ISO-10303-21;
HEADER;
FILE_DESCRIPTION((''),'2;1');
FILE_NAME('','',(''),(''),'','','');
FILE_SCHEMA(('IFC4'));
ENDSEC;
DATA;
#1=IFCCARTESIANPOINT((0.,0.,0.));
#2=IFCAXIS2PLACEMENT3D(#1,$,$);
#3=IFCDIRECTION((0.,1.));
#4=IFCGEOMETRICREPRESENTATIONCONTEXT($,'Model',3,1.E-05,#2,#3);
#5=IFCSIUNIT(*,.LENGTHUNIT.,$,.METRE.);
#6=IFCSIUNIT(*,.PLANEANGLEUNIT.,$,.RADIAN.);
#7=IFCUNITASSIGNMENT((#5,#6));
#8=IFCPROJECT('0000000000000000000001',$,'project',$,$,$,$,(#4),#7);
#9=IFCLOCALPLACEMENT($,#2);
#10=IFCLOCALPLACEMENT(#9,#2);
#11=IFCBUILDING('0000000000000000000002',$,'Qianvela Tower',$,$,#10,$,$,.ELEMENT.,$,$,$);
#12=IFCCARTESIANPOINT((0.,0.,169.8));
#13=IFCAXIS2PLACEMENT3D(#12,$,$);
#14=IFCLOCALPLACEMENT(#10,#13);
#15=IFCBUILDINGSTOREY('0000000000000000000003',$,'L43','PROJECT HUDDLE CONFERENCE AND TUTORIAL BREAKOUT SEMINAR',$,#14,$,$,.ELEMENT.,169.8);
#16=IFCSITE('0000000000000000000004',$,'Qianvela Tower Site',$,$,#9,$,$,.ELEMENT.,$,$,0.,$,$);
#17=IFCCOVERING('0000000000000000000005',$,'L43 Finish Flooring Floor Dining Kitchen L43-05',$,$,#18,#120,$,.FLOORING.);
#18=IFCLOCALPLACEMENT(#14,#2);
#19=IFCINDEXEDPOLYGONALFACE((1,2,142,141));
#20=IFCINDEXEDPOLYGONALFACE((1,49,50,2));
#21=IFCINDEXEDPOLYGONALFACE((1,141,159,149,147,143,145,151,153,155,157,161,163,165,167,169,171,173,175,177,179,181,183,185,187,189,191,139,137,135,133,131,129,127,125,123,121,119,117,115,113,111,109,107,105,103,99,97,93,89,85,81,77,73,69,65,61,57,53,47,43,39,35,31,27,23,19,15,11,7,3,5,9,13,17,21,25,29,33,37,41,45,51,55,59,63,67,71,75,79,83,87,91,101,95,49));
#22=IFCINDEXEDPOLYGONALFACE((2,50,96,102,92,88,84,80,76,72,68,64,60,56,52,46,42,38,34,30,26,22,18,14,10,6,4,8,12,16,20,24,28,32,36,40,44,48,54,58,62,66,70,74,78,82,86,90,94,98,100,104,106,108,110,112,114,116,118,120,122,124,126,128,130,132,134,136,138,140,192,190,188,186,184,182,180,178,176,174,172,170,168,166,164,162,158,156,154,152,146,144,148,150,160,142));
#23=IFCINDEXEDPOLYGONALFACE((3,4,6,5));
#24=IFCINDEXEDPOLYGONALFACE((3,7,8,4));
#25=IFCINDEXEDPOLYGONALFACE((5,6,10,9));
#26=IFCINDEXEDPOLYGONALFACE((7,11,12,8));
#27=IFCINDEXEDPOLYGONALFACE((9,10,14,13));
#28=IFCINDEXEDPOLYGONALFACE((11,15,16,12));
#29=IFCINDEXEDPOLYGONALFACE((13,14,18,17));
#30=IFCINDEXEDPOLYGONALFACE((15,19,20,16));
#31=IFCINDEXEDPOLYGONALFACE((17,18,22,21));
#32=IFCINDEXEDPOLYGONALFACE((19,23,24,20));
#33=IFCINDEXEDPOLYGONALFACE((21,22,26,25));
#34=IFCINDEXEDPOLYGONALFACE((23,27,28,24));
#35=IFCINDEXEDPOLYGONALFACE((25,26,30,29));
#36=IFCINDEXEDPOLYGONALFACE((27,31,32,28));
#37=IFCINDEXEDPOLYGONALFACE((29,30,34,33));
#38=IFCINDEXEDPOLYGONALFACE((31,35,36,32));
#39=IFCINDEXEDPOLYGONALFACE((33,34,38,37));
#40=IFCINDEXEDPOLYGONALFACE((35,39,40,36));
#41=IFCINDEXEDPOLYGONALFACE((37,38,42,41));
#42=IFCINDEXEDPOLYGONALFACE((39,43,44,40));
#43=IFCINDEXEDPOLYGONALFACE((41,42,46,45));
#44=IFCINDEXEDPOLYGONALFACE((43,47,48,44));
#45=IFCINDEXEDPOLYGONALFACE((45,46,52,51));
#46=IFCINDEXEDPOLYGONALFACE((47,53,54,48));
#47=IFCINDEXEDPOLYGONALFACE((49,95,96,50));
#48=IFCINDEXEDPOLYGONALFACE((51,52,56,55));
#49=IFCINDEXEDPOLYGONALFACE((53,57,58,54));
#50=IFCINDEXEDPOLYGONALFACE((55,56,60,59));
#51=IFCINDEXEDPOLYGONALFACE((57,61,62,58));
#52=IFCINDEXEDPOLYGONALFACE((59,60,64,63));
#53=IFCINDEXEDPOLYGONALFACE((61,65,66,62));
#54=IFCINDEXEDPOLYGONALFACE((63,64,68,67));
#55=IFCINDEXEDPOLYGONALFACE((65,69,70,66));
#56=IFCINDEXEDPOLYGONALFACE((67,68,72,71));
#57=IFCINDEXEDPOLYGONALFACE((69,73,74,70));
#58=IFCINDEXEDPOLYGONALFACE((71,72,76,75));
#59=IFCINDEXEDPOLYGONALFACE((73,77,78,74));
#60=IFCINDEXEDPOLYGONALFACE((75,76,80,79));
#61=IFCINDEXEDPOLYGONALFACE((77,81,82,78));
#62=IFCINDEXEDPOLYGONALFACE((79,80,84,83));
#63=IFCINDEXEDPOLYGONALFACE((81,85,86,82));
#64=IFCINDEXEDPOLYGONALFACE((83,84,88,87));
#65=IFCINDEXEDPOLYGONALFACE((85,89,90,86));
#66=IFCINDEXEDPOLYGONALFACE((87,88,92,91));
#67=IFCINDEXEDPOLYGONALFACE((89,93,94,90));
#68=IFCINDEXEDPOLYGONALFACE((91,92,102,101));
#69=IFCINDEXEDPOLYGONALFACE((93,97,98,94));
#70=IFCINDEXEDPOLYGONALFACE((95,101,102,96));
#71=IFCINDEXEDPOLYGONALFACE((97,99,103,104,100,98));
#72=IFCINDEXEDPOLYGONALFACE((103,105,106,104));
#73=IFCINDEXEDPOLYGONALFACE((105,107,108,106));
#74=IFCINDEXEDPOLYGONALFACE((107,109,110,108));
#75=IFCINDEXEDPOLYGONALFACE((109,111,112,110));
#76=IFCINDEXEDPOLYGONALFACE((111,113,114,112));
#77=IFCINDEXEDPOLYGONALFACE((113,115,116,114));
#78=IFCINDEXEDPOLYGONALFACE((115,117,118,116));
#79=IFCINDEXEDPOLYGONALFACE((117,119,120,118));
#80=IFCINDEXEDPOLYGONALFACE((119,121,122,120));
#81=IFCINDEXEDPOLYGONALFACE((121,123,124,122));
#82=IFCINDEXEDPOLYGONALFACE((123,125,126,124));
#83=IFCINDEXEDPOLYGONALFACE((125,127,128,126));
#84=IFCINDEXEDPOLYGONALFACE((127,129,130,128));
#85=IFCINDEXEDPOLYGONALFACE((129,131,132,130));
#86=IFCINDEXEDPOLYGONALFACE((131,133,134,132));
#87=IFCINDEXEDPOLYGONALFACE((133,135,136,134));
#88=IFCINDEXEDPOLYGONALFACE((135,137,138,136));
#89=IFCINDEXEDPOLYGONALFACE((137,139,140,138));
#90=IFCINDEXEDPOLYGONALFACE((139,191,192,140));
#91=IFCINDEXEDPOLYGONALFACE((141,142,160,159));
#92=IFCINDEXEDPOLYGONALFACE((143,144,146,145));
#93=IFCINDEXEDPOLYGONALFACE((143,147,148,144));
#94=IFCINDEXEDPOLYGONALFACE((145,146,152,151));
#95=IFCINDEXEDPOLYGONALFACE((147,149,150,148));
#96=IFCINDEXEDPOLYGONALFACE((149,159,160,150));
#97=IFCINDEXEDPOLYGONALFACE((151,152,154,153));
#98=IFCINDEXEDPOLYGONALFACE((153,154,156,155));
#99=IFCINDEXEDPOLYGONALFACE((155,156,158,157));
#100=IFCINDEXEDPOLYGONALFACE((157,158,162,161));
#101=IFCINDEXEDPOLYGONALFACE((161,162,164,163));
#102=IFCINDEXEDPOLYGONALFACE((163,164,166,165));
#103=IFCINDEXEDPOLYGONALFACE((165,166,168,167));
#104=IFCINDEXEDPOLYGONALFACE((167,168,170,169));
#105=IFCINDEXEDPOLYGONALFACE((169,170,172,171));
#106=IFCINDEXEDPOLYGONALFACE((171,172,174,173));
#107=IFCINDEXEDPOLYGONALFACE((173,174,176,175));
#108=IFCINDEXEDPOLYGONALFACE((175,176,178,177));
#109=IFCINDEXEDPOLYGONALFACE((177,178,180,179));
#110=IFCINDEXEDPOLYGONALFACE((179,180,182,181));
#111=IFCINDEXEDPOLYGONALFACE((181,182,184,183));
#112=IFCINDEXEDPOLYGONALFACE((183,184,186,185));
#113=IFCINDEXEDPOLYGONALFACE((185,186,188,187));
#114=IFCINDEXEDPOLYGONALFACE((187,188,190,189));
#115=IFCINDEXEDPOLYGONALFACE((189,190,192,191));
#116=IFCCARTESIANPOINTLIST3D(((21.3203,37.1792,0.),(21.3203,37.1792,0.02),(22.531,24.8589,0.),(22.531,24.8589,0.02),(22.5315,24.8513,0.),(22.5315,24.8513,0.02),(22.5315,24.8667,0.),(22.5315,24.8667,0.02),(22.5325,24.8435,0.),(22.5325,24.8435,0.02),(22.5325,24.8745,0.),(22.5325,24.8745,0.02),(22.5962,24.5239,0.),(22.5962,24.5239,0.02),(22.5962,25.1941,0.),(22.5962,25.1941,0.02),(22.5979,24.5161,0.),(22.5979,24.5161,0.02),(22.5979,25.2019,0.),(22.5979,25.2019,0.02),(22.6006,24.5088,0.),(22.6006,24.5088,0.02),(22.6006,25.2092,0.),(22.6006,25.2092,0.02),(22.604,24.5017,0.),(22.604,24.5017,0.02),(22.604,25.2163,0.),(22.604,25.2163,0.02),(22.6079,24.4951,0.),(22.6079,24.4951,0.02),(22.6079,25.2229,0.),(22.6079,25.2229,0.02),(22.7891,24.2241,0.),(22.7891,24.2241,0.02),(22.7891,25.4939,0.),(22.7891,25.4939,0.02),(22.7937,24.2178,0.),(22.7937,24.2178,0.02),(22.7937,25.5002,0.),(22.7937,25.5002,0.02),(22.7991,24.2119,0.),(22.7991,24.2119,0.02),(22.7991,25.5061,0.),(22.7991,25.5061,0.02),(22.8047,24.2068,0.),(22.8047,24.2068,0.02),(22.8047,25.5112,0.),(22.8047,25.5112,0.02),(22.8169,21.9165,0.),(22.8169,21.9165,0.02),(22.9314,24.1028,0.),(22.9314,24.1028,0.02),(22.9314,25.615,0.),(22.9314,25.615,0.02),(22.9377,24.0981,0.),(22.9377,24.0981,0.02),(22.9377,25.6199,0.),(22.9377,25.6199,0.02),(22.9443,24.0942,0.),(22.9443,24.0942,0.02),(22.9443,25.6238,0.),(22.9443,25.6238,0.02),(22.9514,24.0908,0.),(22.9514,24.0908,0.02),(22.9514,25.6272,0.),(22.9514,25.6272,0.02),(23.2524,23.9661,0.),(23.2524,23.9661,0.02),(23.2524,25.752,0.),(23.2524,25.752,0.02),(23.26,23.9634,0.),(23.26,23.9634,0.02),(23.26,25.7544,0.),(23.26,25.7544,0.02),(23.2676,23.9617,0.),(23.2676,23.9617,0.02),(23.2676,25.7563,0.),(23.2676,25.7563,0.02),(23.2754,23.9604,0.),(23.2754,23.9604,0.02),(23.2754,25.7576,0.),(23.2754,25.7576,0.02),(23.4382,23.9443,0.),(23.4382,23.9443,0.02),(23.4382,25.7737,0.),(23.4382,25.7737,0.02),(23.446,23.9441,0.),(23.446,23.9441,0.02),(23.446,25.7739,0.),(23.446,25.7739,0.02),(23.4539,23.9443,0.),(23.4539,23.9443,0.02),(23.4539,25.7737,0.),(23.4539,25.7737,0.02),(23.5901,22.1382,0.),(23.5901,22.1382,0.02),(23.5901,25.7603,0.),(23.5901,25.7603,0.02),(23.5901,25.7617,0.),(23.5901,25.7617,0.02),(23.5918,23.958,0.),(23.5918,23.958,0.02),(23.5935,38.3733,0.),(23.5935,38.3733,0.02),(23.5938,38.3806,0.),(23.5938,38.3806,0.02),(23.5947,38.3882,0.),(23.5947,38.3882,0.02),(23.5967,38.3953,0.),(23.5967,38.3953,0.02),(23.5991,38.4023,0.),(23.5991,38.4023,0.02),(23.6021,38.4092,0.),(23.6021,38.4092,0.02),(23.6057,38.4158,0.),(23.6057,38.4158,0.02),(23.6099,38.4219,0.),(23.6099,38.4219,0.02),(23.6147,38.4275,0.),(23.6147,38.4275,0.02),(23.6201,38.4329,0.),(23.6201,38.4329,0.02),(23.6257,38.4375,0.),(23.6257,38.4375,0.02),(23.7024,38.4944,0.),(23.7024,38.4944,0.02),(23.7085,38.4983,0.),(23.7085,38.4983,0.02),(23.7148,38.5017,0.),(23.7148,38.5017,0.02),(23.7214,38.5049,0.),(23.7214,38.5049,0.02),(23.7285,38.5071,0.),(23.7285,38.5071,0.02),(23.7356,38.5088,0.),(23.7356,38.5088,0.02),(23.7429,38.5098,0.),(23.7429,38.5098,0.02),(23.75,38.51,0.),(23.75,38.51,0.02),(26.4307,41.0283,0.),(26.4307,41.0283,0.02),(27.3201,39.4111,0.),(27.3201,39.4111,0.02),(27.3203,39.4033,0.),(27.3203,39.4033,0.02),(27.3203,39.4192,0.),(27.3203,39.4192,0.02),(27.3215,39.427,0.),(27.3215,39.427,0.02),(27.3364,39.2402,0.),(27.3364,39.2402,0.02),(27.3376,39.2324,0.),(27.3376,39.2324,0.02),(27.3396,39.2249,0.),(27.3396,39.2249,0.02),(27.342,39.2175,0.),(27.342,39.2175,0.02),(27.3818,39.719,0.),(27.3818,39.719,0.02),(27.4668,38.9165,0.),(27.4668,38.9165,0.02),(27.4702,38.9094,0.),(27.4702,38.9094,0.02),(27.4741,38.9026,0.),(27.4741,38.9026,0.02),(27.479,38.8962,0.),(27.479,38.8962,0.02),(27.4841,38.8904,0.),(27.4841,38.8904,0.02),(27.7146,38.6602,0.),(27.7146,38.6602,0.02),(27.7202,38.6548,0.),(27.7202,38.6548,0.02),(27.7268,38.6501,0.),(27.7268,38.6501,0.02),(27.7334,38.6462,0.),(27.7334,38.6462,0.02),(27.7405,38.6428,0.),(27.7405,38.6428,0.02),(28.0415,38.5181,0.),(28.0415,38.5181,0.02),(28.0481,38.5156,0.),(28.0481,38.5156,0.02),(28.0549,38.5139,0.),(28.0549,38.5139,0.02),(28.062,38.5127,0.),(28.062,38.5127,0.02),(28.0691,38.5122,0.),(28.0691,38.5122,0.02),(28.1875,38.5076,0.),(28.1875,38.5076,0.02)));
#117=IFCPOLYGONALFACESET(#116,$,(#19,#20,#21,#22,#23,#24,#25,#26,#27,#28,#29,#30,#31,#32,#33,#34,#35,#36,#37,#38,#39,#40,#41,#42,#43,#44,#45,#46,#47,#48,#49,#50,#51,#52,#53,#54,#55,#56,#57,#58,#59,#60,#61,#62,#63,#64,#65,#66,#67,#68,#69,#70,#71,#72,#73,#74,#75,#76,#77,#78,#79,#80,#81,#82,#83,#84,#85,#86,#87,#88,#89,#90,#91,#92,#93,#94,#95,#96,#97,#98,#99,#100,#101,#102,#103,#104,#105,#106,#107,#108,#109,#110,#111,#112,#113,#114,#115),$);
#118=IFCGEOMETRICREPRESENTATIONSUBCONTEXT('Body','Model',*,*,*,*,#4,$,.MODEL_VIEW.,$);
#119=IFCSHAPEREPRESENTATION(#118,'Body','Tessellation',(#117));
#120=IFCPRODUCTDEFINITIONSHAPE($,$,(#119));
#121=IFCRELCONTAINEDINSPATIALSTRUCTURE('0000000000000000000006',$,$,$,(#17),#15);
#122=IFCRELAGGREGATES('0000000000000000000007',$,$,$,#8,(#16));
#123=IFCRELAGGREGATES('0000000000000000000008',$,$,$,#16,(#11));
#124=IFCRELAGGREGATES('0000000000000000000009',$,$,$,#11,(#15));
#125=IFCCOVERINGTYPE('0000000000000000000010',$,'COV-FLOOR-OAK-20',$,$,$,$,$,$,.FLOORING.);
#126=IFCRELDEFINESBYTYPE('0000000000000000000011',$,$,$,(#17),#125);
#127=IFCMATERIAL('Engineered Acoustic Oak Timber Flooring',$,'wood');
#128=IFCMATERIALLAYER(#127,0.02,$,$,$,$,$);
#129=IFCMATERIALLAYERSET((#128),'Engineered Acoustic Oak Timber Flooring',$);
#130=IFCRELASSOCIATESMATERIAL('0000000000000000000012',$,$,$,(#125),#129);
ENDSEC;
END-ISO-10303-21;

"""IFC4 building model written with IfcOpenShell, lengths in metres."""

from ifc_helpers import new_model, si_unit, direction, frame, origin, place, context, subcontext, project, spatial, polyline, outline, extrude, material, layer, layer_set, type_object, element, save


model = new_model("IFC4")

# Units and contexts
model_context = context("Model", 3, precision=1e-05, world=origin(), true_north=direction((0.0, 1.0)))
body_context = subcontext(model_context, "Body", "Model", "MODEL_VIEW")
ifc_project = project(units=[si_unit("LENGTHUNIT", "METRE"), si_unit("PLANEANGLEUNIT", "RADIAN")], contexts=[model_context])

# Site, building, storey
site_placement = place(None, origin())
site = spatial("IfcSite", under=ifc_project, at=site_placement, Name="Qianvela Tower Site", CompositionType="ELEMENT", RefElevation=0.0)
building_placement = place(site_placement, origin())
building = spatial("IfcBuilding", under=site, at=building_placement, Name="Qianvela Tower", CompositionType="ELEMENT")
storey_placement = place(building_placement, frame((0.0, 0.0, 169.8)))
storey = spatial("IfcBuildingStorey", under=building, at=storey_placement, Name="L43", Description="PROJECT HUDDLE CONFERENCE AND TUTORIAL BREAKOUT SEMINAR", CompositionType="ELEMENT", Elevation=169.8)

# Covering
ifc_material_1 = material(Name="Engineered Acoustic Oak Timber Flooring", Category="wood")
ifc_layer_1 = layer(ifc_material_1, 0.02)
ifc_layer_set_1 = layer_set([ifc_layer_1], Name="Engineered Acoustic Oak Timber Flooring")
covering_type_1 = type_object("IfcCoveringType", Name="COV-FLOOR-OAK-20", PredefinedType="FLOORING", material=ifc_layer_set_1)
covering_1_placement = place(storey_placement, origin())
element("IfcCovering", 1, at=covering_1_placement, inside=storey, type_object=covering_type_1, Name="L43 Finish Flooring Floor Dining Kitchen L43-05", PredefinedType="FLOORING", context=body_context, shape_type="SweptSolid", body=[
    extrude(outline(polyline([(23.5901, 25.7603), (23.4539, 25.7737), (23.446, 25.7739), (23.4382, 25.7737), (23.2754, 25.7576), (23.2676, 25.7563), (23.26, 25.7544), (23.2524, 25.752), (22.9514, 25.6272), (22.9443, 25.6238), (22.9377, 25.6199), (22.9314, 25.615), (22.8047, 25.5112), (22.7991, 25.5061), (22.7937, 25.5002), (22.7891, 25.4939), (22.6079, 25.2229), (22.604, 25.2163), (22.6006, 25.2092), (22.5979, 25.2019), (22.5962, 25.1941), (22.5325, 24.8745), (22.5315, 24.8667), (22.531, 24.8589), (22.5315, 24.8513), (22.5325, 24.8435), (22.5962, 24.5239), (22.5979, 24.5161), (22.6006, 24.5088), (22.604, 24.5017), (22.6079, 24.4951), (22.7891, 24.2241), (22.7937, 24.2178), (22.7991, 24.2119), (22.8047, 24.2068), (22.9314, 24.1028), (22.9377, 24.0981), (22.9443, 24.0942), (22.9514, 24.0908), (23.2524, 23.9661), (23.26, 23.9634), (23.2676, 23.9617), (23.2754, 23.9604), (23.4382, 23.9443), (23.446, 23.9441), (23.4539, 23.9443), (23.5918, 23.958), (23.5901, 22.1382), (22.8169, 21.9165), (21.3203, 37.1792), (26.4307, 41.0283), (27.3818, 39.719), (27.3215, 39.427), (27.3203, 39.4192), (27.3201, 39.4111), (27.3203, 39.4033), (27.3364, 39.2402), (27.3376, 39.2324), (27.3396, 39.2249), (27.342, 39.2175), (27.4668, 38.9165), (27.4702, 38.9094), (27.4741, 38.9026), (27.479, 38.8962), (27.4841, 38.8904), (27.7146, 38.6602), (27.7202, 38.6548), (27.7268, 38.6501), (27.7334, 38.6462), (27.7405, 38.6428), (28.0415, 38.5181), (28.0481, 38.5156), (28.0549, 38.5139), (28.062, 38.5127), (28.0691, 38.5122), (28.1875, 38.5076), (23.75, 38.51), (23.7429, 38.5098), (23.7356, 38.5088), (23.7285, 38.5071), (23.7214, 38.5049), (23.7148, 38.5017), (23.7085, 38.4983), (23.7024, 38.4944), (23.6257, 38.4375), (23.6201, 38.4329), (23.6147, 38.4275), (23.6099, 38.4219), (23.6057, 38.4158), (23.6021, 38.4092), (23.5991, 38.4023), (23.5967, 38.3953), (23.5947, 38.3882), (23.5938, 38.3806), (23.5935, 38.3733), (23.5901, 25.7617), (23.5901, 25.7603)])), origin(), (0.0, 0.0, 1.0), 0.02),
])

save(model, "model.ifc")
